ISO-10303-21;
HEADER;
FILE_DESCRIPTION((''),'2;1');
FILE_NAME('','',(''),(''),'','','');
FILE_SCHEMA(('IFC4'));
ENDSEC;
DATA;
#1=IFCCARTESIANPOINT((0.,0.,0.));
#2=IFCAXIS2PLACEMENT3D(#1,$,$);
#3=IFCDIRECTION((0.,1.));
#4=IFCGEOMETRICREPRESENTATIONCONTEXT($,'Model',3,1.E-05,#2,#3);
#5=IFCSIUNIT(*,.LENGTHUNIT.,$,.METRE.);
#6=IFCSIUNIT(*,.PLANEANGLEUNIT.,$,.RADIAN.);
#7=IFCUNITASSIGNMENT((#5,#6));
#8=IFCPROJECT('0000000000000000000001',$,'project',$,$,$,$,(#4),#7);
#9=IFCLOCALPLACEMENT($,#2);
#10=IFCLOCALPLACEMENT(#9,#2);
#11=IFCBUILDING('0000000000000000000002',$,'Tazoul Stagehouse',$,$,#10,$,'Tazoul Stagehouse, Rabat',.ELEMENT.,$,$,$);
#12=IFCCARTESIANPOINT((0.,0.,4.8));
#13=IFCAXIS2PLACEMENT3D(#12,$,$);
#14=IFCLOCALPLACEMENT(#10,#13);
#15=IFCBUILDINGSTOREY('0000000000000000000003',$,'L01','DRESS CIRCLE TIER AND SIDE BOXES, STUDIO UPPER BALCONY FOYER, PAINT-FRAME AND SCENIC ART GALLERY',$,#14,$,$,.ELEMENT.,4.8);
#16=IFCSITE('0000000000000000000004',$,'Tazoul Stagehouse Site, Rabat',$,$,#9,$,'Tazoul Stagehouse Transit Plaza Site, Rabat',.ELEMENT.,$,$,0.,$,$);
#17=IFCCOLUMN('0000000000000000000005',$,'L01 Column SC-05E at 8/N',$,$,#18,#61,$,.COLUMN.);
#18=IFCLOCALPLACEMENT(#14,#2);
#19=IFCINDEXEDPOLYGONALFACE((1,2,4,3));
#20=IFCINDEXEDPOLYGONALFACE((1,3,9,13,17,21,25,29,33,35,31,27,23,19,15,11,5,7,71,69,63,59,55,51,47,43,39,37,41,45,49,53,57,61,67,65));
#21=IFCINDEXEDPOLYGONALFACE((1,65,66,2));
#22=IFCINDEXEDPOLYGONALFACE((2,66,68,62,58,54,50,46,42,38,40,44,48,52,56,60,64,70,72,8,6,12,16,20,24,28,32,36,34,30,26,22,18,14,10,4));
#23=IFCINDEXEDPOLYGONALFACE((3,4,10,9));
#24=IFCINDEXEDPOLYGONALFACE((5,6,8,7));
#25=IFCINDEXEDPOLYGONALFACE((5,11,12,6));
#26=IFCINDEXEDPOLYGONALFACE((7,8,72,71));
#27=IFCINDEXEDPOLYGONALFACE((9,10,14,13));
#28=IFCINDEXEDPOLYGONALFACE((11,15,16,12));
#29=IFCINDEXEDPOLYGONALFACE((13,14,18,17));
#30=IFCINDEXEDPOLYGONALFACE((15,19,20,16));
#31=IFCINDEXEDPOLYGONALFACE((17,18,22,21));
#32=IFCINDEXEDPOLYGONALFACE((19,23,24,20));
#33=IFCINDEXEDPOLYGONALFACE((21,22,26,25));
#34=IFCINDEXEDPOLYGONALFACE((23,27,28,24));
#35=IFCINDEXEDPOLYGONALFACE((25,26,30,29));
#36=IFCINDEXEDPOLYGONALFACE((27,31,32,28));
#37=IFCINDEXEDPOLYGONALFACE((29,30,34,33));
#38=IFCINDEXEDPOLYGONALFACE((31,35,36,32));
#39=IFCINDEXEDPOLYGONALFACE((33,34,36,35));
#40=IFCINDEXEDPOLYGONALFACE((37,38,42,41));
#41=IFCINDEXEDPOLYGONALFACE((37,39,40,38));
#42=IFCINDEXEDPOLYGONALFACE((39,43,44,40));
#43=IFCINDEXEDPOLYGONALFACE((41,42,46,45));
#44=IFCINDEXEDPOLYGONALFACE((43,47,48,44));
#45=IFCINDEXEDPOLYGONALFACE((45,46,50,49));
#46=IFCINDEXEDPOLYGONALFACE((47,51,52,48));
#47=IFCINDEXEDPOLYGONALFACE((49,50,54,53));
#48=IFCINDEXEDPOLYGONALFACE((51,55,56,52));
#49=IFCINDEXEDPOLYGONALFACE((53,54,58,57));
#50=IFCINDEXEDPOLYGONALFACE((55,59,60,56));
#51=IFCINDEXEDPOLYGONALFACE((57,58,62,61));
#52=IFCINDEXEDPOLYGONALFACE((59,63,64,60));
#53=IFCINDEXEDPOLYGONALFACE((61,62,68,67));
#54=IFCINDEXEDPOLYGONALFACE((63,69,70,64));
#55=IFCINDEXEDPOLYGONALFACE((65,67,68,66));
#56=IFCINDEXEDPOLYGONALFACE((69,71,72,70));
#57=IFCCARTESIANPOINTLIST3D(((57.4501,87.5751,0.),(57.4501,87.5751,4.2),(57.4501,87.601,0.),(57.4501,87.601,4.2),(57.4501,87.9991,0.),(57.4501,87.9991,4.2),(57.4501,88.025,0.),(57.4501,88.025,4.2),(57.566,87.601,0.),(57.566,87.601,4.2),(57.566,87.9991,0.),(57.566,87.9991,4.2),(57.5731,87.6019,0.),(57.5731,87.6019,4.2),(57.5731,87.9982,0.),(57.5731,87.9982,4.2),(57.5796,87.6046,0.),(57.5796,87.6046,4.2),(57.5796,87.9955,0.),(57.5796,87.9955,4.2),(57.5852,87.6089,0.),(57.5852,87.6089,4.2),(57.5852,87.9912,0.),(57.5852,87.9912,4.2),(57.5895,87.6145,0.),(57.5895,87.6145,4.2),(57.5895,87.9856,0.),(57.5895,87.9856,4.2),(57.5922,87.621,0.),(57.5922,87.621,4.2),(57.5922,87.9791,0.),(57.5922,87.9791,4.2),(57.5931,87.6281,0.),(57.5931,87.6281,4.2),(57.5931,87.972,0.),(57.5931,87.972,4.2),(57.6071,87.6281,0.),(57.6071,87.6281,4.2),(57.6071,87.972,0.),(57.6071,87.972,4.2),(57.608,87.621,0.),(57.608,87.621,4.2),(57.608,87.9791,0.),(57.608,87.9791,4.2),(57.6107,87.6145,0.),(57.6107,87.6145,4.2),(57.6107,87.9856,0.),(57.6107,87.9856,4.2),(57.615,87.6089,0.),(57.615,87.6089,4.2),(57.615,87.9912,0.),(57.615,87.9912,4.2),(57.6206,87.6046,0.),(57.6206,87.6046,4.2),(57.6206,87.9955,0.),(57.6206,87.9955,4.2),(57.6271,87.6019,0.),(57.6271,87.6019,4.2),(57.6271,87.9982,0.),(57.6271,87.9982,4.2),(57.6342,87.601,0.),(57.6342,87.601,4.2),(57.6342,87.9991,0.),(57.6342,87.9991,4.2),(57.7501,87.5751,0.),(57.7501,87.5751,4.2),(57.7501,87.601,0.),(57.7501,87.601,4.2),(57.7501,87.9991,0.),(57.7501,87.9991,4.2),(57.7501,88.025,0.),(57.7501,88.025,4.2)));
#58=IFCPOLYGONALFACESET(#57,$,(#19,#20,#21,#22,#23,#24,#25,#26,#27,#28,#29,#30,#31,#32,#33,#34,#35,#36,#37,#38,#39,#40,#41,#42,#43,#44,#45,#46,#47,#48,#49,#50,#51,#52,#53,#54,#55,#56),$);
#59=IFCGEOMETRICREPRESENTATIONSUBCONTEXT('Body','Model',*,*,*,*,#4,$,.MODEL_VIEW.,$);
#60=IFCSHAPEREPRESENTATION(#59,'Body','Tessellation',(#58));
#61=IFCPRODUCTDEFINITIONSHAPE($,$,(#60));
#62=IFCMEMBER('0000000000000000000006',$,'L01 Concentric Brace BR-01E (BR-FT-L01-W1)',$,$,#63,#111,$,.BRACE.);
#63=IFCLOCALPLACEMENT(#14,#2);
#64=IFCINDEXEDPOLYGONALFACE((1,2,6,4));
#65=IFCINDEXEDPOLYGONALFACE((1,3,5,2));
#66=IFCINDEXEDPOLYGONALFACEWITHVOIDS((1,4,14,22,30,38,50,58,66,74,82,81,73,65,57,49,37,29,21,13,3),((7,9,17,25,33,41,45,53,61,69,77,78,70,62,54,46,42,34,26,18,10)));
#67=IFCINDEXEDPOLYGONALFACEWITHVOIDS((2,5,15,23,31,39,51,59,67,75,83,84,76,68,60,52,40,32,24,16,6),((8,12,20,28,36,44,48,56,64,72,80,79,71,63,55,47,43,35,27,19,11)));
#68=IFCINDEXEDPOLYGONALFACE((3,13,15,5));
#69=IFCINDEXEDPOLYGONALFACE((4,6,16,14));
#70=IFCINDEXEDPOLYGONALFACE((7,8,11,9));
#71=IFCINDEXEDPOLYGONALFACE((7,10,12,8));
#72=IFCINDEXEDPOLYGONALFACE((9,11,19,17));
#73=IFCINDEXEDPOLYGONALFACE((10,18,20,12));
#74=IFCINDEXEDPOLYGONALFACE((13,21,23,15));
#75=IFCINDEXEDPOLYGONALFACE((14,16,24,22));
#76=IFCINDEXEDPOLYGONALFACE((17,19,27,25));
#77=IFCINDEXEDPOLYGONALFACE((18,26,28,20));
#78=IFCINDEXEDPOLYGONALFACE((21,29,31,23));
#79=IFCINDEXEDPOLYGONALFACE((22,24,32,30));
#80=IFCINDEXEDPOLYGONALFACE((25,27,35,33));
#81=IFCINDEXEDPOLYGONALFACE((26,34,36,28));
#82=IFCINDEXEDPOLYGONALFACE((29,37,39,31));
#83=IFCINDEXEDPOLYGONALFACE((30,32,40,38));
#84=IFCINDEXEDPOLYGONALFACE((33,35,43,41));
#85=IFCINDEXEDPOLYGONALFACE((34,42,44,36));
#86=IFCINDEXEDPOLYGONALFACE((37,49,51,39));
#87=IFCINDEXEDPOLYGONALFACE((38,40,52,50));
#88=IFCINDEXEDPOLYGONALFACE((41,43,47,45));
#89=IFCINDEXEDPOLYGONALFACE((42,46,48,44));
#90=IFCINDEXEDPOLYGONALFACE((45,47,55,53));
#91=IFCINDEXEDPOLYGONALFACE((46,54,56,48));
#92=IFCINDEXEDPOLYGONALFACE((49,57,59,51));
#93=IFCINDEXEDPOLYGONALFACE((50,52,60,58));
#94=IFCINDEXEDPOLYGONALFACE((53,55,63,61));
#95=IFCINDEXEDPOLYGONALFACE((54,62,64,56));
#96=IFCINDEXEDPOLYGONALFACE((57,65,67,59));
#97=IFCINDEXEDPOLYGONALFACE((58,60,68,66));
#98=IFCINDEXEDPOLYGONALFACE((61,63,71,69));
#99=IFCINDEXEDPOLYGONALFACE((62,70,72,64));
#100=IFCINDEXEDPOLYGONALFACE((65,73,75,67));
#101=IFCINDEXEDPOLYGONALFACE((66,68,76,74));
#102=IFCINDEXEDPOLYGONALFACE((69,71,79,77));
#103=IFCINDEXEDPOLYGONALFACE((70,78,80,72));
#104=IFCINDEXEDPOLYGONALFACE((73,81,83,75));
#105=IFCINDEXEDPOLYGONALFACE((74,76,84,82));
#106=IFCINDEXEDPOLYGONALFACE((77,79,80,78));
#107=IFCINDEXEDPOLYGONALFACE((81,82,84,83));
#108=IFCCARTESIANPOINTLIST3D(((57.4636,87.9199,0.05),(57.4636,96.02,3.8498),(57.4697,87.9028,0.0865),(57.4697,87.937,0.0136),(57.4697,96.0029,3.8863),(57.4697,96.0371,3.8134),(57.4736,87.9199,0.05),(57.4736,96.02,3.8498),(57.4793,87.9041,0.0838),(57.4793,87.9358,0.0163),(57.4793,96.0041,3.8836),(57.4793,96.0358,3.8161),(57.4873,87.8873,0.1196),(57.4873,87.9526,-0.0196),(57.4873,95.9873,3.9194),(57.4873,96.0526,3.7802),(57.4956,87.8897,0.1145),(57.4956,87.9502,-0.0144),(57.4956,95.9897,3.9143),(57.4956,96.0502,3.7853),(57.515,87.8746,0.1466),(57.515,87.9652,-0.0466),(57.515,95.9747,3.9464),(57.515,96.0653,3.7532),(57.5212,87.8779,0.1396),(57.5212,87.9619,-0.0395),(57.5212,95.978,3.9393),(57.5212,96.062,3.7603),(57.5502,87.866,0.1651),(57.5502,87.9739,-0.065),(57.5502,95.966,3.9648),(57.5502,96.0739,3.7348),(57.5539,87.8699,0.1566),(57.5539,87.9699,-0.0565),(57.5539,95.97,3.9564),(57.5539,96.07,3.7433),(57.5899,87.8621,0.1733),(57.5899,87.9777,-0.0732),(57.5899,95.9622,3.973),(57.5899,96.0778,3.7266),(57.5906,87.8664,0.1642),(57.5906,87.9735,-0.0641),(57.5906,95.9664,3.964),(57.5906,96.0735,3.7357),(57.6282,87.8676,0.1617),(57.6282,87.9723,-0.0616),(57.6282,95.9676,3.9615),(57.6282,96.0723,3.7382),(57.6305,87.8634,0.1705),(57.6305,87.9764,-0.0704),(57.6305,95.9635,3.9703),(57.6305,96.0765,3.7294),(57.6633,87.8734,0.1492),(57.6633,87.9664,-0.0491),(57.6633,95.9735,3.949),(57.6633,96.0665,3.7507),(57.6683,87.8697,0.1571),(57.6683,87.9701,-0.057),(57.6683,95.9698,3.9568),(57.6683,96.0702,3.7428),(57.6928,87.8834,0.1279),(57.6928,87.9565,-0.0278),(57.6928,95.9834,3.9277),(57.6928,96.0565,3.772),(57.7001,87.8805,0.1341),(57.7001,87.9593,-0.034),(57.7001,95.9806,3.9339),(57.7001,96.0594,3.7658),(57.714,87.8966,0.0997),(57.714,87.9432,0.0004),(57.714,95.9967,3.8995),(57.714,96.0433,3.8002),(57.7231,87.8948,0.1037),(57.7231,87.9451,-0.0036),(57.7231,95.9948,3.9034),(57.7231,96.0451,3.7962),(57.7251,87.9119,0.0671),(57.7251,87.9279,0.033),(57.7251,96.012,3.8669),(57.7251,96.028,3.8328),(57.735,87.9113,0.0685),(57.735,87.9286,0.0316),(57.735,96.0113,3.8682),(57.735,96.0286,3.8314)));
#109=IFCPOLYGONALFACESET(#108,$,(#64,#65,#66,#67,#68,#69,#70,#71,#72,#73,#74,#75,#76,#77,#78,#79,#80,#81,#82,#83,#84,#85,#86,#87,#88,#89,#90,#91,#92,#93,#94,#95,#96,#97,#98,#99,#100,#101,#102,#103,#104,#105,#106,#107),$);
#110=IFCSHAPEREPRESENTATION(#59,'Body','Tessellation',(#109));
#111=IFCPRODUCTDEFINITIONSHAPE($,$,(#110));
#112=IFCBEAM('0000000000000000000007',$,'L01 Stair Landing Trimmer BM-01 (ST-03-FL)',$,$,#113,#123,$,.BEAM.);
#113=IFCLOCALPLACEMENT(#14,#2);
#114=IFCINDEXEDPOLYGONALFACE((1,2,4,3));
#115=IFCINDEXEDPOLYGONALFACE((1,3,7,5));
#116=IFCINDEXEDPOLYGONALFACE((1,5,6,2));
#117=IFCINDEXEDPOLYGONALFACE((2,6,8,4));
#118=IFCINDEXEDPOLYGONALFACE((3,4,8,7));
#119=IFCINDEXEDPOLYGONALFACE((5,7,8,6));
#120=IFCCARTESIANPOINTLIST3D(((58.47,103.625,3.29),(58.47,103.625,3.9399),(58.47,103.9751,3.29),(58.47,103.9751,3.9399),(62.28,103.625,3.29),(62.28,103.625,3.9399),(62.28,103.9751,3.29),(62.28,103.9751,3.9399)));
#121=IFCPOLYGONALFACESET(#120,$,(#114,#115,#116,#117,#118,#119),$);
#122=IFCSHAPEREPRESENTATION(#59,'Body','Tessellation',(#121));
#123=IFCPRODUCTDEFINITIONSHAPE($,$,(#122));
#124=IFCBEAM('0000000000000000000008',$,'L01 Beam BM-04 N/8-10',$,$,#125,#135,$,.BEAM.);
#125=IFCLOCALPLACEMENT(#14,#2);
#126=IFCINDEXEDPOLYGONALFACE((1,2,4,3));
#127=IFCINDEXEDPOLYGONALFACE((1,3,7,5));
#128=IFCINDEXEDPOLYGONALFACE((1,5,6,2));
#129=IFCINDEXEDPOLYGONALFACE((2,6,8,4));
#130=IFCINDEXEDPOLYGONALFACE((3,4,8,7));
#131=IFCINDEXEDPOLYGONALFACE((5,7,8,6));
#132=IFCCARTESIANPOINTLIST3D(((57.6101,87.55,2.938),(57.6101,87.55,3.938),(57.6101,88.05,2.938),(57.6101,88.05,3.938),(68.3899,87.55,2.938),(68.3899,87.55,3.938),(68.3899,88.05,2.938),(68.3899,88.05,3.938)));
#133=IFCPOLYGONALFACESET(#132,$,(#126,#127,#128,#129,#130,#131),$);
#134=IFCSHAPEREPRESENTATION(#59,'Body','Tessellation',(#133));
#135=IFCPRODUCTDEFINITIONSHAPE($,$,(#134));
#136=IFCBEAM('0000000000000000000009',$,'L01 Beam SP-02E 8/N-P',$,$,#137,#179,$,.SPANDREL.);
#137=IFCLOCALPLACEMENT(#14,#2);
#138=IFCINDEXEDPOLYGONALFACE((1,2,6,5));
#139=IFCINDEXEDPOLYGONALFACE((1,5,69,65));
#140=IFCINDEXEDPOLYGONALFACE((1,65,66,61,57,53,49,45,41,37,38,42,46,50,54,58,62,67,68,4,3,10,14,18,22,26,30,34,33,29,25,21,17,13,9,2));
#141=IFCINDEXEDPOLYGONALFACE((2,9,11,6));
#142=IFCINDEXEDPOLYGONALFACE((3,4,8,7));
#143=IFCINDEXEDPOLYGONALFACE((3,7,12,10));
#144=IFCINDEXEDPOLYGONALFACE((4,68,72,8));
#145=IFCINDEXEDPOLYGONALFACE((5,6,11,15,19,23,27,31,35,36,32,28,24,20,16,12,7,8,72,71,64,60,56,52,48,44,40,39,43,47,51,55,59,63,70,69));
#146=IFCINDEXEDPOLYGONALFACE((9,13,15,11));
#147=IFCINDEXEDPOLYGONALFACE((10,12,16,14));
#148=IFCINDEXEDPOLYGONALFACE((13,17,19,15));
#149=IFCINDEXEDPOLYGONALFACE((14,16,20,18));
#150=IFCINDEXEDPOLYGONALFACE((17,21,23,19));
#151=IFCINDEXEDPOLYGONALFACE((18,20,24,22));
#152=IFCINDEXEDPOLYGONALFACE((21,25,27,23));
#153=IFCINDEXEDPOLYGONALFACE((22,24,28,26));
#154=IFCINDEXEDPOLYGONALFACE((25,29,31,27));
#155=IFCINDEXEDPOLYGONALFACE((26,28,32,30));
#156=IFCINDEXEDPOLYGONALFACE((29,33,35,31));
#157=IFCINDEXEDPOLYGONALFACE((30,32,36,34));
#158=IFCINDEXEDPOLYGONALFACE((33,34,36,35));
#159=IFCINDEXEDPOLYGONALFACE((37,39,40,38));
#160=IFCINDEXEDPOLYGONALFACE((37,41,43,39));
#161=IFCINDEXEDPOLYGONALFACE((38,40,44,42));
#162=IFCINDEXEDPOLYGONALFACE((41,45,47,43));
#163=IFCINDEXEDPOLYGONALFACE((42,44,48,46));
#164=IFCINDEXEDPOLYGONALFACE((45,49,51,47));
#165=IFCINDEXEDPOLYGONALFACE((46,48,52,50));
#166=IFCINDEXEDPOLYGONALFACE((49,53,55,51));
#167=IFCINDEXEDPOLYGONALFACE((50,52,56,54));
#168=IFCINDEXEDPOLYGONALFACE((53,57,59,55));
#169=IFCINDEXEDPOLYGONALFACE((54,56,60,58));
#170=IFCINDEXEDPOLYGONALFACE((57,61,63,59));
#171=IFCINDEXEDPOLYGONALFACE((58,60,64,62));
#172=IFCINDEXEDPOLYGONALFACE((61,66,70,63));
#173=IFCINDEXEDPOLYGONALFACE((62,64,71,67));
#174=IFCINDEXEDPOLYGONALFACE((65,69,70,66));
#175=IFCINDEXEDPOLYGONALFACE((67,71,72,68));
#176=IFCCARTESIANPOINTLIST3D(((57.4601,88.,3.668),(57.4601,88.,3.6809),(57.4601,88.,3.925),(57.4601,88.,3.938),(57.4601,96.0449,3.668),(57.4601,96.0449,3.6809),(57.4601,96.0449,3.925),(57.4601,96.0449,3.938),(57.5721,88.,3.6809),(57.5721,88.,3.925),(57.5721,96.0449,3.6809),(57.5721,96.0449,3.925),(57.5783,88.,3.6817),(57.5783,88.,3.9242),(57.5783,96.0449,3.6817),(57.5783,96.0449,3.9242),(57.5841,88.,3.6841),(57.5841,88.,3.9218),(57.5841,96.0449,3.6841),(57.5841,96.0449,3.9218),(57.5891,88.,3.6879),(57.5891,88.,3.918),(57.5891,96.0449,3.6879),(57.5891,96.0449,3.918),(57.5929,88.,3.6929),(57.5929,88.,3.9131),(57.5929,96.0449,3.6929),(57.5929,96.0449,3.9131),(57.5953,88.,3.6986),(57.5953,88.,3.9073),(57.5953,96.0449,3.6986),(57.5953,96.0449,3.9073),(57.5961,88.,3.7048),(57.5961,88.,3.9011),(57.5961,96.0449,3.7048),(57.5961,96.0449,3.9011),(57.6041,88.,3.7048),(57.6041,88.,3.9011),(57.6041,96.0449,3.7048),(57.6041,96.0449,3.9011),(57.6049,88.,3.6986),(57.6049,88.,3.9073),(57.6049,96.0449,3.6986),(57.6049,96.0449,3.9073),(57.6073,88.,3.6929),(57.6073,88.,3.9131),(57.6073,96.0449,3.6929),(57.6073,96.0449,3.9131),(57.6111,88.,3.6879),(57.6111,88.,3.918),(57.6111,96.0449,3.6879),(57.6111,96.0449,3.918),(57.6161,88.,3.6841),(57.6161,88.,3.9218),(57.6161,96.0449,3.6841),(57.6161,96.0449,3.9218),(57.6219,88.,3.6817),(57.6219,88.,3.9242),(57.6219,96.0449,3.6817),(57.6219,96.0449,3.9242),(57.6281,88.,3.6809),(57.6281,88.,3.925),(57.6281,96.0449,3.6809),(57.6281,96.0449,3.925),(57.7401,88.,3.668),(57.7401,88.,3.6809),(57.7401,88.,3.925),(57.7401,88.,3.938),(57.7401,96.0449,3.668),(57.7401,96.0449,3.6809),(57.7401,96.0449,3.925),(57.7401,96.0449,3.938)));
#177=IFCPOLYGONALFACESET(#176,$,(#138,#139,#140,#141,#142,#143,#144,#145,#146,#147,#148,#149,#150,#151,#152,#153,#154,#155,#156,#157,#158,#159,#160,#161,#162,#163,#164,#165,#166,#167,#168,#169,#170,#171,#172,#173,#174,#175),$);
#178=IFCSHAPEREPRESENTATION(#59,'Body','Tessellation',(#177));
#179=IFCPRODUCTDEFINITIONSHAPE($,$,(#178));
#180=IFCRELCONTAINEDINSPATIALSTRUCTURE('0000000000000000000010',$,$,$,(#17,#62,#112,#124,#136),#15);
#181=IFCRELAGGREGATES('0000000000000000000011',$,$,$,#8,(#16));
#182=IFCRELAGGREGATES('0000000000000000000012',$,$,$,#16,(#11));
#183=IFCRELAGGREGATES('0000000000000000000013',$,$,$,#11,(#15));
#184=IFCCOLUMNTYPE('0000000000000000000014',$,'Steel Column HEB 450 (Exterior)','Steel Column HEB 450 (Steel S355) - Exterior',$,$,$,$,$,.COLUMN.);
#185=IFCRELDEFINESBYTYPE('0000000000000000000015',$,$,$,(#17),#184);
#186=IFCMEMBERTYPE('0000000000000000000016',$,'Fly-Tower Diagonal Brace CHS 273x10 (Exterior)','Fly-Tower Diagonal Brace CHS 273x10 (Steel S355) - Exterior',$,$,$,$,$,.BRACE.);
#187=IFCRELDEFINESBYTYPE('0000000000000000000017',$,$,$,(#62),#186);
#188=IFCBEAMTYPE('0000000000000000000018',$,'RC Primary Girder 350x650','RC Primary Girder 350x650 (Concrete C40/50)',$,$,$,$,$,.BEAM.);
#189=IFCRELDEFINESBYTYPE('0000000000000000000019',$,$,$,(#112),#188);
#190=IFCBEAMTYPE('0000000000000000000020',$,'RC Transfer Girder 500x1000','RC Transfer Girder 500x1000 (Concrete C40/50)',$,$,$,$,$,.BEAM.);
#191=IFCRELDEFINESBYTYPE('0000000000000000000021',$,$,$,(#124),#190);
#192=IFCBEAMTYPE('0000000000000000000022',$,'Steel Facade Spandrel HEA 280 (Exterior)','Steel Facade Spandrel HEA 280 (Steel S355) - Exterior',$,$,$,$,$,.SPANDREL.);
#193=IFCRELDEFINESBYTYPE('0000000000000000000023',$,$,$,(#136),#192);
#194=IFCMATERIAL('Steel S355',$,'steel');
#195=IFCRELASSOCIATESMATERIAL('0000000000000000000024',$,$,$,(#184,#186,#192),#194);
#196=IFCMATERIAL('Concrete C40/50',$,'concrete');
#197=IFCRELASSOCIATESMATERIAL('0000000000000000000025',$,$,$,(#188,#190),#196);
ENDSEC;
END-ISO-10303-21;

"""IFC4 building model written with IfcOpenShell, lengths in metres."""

from ifc_helpers import new_model, si_unit, direction, frame, origin, origin_2d, place, context, subcontext, project, spatial, rectangle, hollow_circle, i_section, extrude, material, material_profile, profile_set, type_object, element, save


model = new_model("IFC4")

# Units and contexts
model_context = context("Model", 3, precision=1e-05, world=origin(), true_north=direction((0.0, 1.0)))
body_context = subcontext(model_context, "Body", "Model", "MODEL_VIEW")
ifc_project = project(units=[si_unit("LENGTHUNIT", "METRE"), si_unit("PLANEANGLEUNIT", "RADIAN")], contexts=[model_context])

# Site, building, storey
site_placement = place(None, origin())
site = spatial("IfcSite", under=ifc_project, at=site_placement, Name="Tazoul Stagehouse Site, Rabat", LongName="Tazoul Stagehouse Transit Plaza Site, Rabat", CompositionType="ELEMENT", RefElevation=0.0)
building_placement = place(site_placement, origin())
building = spatial("IfcBuilding", under=site, at=building_placement, Name="Tazoul Stagehouse", LongName="Tazoul Stagehouse, Rabat", CompositionType="ELEMENT")
storey_placement = place(building_placement, frame((0.0, 0.0, 4.8)))
storey = spatial("IfcBuildingStorey", under=building, at=storey_placement, Name="L01", Description="DRESS CIRCLE TIER AND SIDE BOXES, STUDIO UPPER BALCONY FOYER, PAINT-FRAME AND SCENIC ART GALLERY", CompositionType="ELEMENT", Elevation=4.8)

# Column
ifc_material_1 = material(Name="Steel S355", Category="steel")
ifc_material_profile_1 = material_profile(ifc_material_1, i_section(OverallWidth=0.3, OverallDepth=0.45, WebThickness=0.0139, FlangeThickness=0.0259, FilletRadius=0.0271, at=origin_2d()), Name="HEB 450")
ifc_profile_set_1 = profile_set([ifc_material_profile_1], Name="Steel S355")
column_type_1 = type_object("IfcColumnType", Name="Steel Column HEB 450 (Exterior)", Description="Steel Column HEB 450 (Steel S355) - Exterior", PredefinedType="COLUMN", material=ifc_profile_set_1)
column_1_placement = place(storey_placement, frame((57.6001, 87.8, 0.0), z_axis=(0.0, 0.0, 1.0), x_axis=(1.0, 0.0, 0.0)))
element("IfcColumn", 1, at=column_1_placement, inside=storey, type_object=column_type_1, Name="L01 Column SC-05E at 8/N", PredefinedType="COLUMN", context=body_context, shape_type="SweptSolid", body=[
    extrude(i_section(OverallWidth=0.3, OverallDepth=0.45, WebThickness=0.0139, FlangeThickness=0.0259, FilletRadius=0.0271, at=origin_2d()), origin(), (0.0, 0.0, 1.0), 4.2),
])

# Member
ifc_material_profile_2 = material_profile(ifc_material_1, hollow_circle(Radius=0.1365, WallThickness=0.01, at=origin_2d()), Name="CHS 273x10")
ifc_profile_set_2 = profile_set([ifc_material_profile_2], Name="Steel S355")
member_type = type_object("IfcMemberType", Name="Fly-Tower Diagonal Brace CHS 273x10 (Exterior)", Description="Fly-Tower Diagonal Brace CHS 273x10 (Steel S355) - Exterior", PredefinedType="BRACE", material=ifc_profile_set_2)
member_placement = place(storey_placement, frame((57.6001, 87.9199, 0.05), z_axis=(0.0, 0.905335, 0.424698), x_axis=(-1.0, 0.0, 0.0)))
element("IfcMember", 2, at=member_placement, inside=storey, type_object=member_type, Name="L01 Concentric Brace BR-01E (BR-FT-L01-W1)", PredefinedType="BRACE", context=body_context, shape_type="SweptSolid", body=[
    extrude(hollow_circle(Radius=0.1365, WallThickness=0.01, at=origin_2d()), origin(), (0.0, 0.0, 1.0), 8.947),
])

# Beams
ifc_material_2 = material(Name="Concrete C40/50", Category="concrete")
ifc_material_profile_3 = material_profile(ifc_material_2, rectangle(XDim=0.3501, YDim=0.6499, at=origin_2d()), Name="RC 350x650")
ifc_profile_set_3 = profile_set([ifc_material_profile_3], Name="Concrete C40/50")
beam_type_1 = type_object("IfcBeamType", Name="RC Primary Girder 350x650", Description="RC Primary Girder 350x650 (Concrete C40/50)", PredefinedType="BEAM", material=ifc_profile_set_3)
beam_1_placement = place(storey_placement, frame((58.47, 103.8, 3.615), z_axis=(1.0, 0.0, 0.0), x_axis=(0.0, 1.0, 0.0)))
element("IfcBeam", 3, at=beam_1_placement, inside=storey, type_object=beam_type_1, Name="L01 Stair Landing Trimmer BM-01 (ST-03-FL)", PredefinedType="BEAM", context=body_context, shape_type="SweptSolid", body=[
    extrude(rectangle(XDim=0.3501, YDim=0.6499, at=origin_2d()), origin(), (0.0, 0.0, 1.0), 3.8101),
])
ifc_material_profile_4 = material_profile(ifc_material_2, rectangle(XDim=0.5, YDim=1.0, at=origin_2d()), Name="RC 500x1000")
ifc_profile_set_4 = profile_set([ifc_material_profile_4], Name="Concrete C40/50")
beam_type_2 = type_object("IfcBeamType", Name="RC Transfer Girder 500x1000", Description="RC Transfer Girder 500x1000 (Concrete C40/50)", PredefinedType="BEAM", material=ifc_profile_set_4)
beam_2_placement = place(storey_placement, frame((57.6101, 87.8, 3.438), z_axis=(1.0, 0.0, 0.0), x_axis=(0.0, 1.0, 0.0)))
element("IfcBeam", 4, at=beam_2_placement, inside=storey, type_object=beam_type_2, Name="L01 Beam BM-04 N/8-10", PredefinedType="BEAM", context=body_context, shape_type="SweptSolid", body=[
    extrude(rectangle(XDim=0.5, YDim=1.0, at=origin_2d()), origin(), (0.0, 0.0, 1.0), 10.7798),
])
ifc_material_profile_5 = material_profile(ifc_material_1, i_section(OverallWidth=0.28, OverallDepth=0.27, WebThickness=0.0081, FlangeThickness=0.0129, FilletRadius=0.0239, at=origin_2d()), Name="HEA 280")
ifc_profile_set_5 = profile_set([ifc_material_profile_5], Name="Steel S355")
beam_type_3 = type_object("IfcBeamType", Name="Steel Facade Spandrel HEA 280 (Exterior)", Description="Steel Facade Spandrel HEA 280 (Steel S355) - Exterior", PredefinedType="SPANDREL", material=ifc_profile_set_5)
beam_3_placement = place(storey_placement, frame((57.6001, 88.0, 3.803), z_axis=(0.0, 1.0, 0.0), x_axis=(-1.0, 0.0, 0.0)))
element("IfcBeam", 5, at=beam_3_placement, inside=storey, type_object=beam_type_3, Name="L01 Beam SP-02E 8/N-P", PredefinedType="SPANDREL", context=body_context, shape_type="SweptSolid", body=[
    extrude(i_section(OverallWidth=0.28, OverallDepth=0.27, WebThickness=0.0081, FlangeThickness=0.0129, FilletRadius=0.0239, at=origin_2d()), origin(), (0.0, 0.0, 1.0), 8.0449),
])

save(model, "model.ifc")
